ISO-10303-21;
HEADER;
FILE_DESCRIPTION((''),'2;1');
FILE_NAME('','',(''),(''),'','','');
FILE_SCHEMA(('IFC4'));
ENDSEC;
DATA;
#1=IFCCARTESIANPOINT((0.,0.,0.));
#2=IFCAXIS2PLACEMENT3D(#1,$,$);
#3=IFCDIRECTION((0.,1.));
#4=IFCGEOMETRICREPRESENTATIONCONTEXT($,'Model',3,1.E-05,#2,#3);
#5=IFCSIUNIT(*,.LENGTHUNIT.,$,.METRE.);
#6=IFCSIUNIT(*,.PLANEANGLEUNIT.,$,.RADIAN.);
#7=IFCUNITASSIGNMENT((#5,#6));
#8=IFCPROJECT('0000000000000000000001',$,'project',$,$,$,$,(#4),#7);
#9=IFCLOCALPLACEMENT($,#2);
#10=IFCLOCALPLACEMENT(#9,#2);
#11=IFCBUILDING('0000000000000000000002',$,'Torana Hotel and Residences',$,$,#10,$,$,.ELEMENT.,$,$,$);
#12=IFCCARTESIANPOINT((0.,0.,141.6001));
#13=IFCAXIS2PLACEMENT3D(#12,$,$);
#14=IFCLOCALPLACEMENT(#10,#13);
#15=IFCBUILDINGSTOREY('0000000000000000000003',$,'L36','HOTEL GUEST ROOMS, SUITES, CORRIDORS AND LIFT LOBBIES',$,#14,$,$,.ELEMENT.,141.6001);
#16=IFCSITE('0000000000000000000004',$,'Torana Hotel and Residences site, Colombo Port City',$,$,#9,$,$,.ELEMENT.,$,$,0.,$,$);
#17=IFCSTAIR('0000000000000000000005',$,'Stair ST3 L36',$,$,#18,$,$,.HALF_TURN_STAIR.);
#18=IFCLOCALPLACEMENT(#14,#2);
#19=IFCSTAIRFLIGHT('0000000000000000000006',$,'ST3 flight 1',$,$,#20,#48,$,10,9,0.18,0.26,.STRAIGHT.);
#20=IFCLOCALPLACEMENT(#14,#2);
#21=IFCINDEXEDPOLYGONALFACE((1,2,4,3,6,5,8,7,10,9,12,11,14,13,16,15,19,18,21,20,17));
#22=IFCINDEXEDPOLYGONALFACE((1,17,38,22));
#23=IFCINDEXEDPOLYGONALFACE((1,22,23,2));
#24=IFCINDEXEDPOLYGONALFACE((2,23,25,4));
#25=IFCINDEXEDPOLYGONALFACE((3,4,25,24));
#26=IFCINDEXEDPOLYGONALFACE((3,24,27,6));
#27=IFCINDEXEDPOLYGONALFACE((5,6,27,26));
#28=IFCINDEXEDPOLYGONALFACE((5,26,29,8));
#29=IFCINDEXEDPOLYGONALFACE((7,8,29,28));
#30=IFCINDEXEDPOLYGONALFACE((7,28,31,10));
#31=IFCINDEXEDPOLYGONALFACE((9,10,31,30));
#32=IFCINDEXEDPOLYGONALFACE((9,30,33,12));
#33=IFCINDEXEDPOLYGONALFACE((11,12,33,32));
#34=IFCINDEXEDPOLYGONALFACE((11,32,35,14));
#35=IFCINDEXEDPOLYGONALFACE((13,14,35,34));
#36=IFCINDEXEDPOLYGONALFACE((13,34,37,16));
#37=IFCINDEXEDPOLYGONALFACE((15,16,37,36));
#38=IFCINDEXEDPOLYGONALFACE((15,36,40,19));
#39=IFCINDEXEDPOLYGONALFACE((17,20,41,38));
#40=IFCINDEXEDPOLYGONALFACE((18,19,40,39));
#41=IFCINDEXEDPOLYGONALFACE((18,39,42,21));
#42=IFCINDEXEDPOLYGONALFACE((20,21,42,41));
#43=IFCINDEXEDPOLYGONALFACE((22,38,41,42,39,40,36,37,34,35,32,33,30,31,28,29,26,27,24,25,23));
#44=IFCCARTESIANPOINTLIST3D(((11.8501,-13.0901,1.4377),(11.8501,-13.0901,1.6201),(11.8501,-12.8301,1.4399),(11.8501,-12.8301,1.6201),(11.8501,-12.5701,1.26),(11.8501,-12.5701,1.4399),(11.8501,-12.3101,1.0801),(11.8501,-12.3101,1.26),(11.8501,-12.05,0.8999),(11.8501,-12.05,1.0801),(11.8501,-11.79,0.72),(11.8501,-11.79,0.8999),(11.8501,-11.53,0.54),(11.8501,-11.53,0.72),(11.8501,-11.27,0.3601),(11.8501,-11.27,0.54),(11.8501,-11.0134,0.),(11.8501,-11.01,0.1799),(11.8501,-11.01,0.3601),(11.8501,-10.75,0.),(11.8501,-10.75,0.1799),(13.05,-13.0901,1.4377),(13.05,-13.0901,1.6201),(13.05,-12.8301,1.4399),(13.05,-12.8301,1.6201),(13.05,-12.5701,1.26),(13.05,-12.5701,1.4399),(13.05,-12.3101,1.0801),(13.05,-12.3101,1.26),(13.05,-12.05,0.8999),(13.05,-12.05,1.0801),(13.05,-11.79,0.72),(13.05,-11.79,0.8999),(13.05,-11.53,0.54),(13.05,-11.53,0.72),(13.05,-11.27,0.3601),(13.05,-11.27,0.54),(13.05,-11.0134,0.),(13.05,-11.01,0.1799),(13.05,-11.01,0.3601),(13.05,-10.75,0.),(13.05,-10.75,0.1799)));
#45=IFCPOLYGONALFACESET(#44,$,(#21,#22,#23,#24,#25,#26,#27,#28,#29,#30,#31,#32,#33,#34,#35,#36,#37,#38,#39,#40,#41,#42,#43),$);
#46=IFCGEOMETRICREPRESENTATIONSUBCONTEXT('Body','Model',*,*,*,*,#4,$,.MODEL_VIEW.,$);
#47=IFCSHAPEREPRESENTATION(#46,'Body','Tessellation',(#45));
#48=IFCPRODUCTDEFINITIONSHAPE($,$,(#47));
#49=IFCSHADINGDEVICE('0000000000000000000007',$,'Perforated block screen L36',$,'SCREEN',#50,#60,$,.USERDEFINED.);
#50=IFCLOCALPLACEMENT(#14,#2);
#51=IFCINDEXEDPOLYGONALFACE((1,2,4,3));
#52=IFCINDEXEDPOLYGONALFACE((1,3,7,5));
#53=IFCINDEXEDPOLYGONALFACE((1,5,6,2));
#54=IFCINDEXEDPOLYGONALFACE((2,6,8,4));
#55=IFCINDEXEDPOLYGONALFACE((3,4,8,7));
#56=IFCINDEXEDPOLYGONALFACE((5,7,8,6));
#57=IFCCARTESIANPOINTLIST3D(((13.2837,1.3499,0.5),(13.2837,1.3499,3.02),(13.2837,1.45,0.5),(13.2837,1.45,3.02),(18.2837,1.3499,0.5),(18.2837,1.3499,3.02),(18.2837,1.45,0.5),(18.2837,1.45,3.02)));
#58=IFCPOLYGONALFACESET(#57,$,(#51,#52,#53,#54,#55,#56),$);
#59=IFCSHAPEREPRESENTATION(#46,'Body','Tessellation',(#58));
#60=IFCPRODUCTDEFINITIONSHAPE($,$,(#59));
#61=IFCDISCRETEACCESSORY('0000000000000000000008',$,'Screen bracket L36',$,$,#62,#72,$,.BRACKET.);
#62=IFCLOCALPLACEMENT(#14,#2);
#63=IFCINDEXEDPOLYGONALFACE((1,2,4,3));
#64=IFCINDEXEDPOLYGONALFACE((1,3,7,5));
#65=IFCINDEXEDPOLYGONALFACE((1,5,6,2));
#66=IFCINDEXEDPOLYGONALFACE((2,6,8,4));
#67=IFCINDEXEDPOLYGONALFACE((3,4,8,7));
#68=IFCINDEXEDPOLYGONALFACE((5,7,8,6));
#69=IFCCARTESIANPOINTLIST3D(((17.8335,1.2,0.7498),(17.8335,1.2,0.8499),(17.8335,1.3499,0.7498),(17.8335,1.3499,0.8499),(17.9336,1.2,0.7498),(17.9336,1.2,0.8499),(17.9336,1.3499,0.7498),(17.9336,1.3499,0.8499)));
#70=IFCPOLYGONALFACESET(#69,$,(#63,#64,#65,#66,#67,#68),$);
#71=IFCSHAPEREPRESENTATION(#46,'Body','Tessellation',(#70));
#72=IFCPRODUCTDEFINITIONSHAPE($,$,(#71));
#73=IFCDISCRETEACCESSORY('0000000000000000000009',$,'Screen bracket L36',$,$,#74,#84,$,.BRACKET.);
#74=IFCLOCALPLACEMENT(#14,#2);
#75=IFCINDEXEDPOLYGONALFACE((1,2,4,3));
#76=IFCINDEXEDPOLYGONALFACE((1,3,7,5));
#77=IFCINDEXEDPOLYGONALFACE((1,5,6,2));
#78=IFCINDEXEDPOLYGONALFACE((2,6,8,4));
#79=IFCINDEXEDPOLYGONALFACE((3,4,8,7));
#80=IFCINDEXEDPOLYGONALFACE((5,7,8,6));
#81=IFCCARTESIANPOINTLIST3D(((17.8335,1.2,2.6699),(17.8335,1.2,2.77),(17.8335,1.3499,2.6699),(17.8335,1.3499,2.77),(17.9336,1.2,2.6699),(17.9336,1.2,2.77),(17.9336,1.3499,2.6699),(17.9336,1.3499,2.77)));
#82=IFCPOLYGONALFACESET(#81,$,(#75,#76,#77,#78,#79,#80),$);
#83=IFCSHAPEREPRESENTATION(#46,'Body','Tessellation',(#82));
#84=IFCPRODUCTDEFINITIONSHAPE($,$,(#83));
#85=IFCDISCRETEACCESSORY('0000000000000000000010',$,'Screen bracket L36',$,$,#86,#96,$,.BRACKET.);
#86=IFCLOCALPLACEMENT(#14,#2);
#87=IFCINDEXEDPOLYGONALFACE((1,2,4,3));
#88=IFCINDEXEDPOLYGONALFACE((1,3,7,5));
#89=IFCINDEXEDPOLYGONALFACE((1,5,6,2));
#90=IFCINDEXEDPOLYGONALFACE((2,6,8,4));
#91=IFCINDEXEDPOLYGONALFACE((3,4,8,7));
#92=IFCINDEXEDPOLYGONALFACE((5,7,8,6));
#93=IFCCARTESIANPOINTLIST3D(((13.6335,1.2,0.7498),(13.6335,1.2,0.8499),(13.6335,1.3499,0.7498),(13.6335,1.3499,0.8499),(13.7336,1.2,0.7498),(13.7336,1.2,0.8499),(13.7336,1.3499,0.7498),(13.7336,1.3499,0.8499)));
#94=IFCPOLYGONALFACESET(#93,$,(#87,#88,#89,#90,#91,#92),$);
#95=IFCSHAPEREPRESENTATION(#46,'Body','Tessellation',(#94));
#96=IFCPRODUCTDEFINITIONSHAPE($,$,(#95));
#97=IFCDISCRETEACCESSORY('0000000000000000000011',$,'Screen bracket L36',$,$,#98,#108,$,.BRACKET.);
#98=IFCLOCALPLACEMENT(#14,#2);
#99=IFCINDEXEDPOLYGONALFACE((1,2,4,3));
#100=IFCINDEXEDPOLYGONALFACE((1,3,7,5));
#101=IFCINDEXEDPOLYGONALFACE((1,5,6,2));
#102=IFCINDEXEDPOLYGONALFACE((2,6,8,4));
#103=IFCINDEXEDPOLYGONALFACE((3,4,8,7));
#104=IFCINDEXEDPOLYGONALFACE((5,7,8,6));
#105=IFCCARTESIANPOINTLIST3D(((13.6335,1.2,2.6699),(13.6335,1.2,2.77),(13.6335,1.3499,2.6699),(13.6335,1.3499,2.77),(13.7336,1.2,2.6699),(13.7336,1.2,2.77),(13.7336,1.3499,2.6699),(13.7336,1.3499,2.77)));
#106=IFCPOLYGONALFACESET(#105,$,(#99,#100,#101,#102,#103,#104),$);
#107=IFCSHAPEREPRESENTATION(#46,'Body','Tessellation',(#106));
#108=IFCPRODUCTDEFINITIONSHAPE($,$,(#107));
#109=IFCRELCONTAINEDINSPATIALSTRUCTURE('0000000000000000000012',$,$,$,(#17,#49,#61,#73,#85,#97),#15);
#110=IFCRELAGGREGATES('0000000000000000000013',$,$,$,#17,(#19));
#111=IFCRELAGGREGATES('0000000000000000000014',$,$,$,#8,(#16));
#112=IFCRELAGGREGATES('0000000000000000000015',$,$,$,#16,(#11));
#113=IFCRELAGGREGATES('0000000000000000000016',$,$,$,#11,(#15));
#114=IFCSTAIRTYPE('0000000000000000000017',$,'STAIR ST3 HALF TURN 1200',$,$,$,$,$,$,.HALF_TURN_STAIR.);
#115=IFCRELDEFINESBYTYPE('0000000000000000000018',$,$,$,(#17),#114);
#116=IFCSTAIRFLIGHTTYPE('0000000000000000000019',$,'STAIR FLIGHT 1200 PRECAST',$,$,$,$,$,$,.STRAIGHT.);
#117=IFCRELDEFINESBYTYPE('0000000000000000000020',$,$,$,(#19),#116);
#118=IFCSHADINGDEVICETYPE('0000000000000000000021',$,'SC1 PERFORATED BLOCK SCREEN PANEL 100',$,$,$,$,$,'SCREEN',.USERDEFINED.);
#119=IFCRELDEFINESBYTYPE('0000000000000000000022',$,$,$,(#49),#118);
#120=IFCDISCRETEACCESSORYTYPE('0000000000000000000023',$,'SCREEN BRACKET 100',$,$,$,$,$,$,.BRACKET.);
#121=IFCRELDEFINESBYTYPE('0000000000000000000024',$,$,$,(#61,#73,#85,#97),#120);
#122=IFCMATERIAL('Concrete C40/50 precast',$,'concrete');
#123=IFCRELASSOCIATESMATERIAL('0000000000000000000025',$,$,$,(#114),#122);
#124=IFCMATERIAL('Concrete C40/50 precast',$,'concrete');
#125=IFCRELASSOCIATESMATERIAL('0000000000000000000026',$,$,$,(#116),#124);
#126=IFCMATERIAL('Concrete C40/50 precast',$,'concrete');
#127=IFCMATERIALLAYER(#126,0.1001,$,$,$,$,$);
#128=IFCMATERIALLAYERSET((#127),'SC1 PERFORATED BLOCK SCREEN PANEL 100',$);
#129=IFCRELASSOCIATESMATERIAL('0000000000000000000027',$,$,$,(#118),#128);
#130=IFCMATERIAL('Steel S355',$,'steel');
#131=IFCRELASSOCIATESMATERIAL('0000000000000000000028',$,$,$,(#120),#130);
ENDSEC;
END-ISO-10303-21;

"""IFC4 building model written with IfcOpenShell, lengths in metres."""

from ifc_helpers import new_model, si_unit, direction, frame, origin, origin_2d, place, context, subcontext, project, spatial, polyline, rectangle, outline, extrude, material, layer, layer_set, type_object, element, aggregate, save


model = new_model("IFC4")

# Units and contexts
model_context = context("Model", 3, precision=1e-05, world=origin(), true_north=direction((0.0, 1.0)))
body_context = subcontext(model_context, "Body", "Model", "MODEL_VIEW")
ifc_project = project(units=[si_unit("LENGTHUNIT", "METRE"), si_unit("PLANEANGLEUNIT", "RADIAN")], contexts=[model_context])

# Site, building, storey
site_placement = place(None, origin())
site = spatial("IfcSite", under=ifc_project, at=site_placement, Name="Torana Hotel and Residences site, Colombo Port City", CompositionType="ELEMENT", RefElevation=0.0)
building_placement = place(site_placement, origin())
building = spatial("IfcBuilding", under=site, at=building_placement, Name="Torana Hotel and Residences", CompositionType="ELEMENT")
storey_placement = place(building_placement, frame((0.0, 0.0, 141.6001)))
storey = spatial("IfcBuildingStorey", under=building, at=storey_placement, Name="L36", Description="HOTEL GUEST ROOMS, SUITES, CORRIDORS AND LIFT LOBBIES", CompositionType="ELEMENT", Elevation=141.6001)

# Stair, stair flight
ifc_material_1 = material(Name="Concrete C40/50 precast", Category="concrete")
stair_type = type_object("IfcStairType", Name="STAIR ST3 HALF TURN 1200", PredefinedType="HALF_TURN_STAIR", material=ifc_material_1)
stair_placement = place(storey_placement, origin())
stair = element("IfcStair", 1, at=stair_placement, inside=storey, type_object=stair_type, Name="Stair ST3 L36", PredefinedType="HALF_TURN_STAIR")
ifc_material_2 = material(Name="Concrete C40/50 precast", Category="concrete")
stair_flight_type = type_object("IfcStairFlightType", Name="STAIR FLIGHT 1200 PRECAST", PredefinedType="STRAIGHT", material=ifc_material_2)
stair_flight_placement = place(storey_placement, frame((12.45, -10.75, 0.0), z_axis=(0.0, 0.0, 1.0), x_axis=(0.0, -1.0, 0.0)))
stair_flight = element("IfcStairFlight", 2, at=stair_flight_placement, type_object=stair_flight_type, Name="ST3 flight 1", NumberOfRisers=10, NumberOfTreads=9, PredefinedType="STRAIGHT", RiserHeight=0.18, TreadLength=0.26, context=body_context, shape_type="SweptSolid", body=[
    extrude(outline(polyline([(0.0, 0.0), (0.0, 0.1799), (0.26, 0.1799), (0.26, 0.3601), (0.52, 0.3601), (0.52, 0.54), (0.78, 0.54), (0.78, 0.72), (1.04, 0.72), (1.04, 0.8999), (1.3, 0.8999), (1.3, 1.0801), (1.5601, 1.0801), (1.5601, 1.26), (1.8201, 1.26), (1.8201, 1.4399), (2.0801, 1.4399), (2.0801, 1.6201), (2.3401, 1.6201), (2.3401, 1.8), (2.3401, 1.4377), (0.2634, 0.0), (0.0, 0.0)])), frame((0.0, 0.6001, 0.0), z_axis=(0.0, -1.0, 0.0), x_axis=(1.0, 0.0, 0.0)), (0.0, 0.0, 1.0), 1.2),
])
aggregate(stair, [stair_flight])

# Shading device
ifc_material_3 = material(Name="Concrete C40/50 precast", Category="concrete")
ifc_layer_1 = layer(ifc_material_3, 0.1001)
ifc_layer_set_1 = layer_set([ifc_layer_1], Name="SC1 PERFORATED BLOCK SCREEN PANEL 100")
shading_device_type = type_object("IfcShadingDeviceType", Name="SC1 PERFORATED BLOCK SCREEN PANEL 100", ElementType="SCREEN", PredefinedType="USERDEFINED", material=ifc_layer_set_1)
shading_device_placement = place(storey_placement, frame((15.7837, 1.3999, 0.5), z_axis=(0.0, 0.0, 1.0), x_axis=(-1.0, 0.0, 0.0)))
element("IfcShadingDevice", 3, at=shading_device_placement, inside=storey, type_object=shading_device_type, Name="Perforated block screen L36", ObjectType="SCREEN", PredefinedType="USERDEFINED", context=body_context, shape_type="SweptSolid", body=[
    extrude(rectangle(XDim=5.0, YDim=0.1001, at=origin_2d()), origin(), (0.0, 0.0, 1.0), 2.52),
])

# Discrete accessories
ifc_material_4 = material(Name="Steel S355", Category="steel")
discrete_accessory_type = type_object("IfcDiscreteAccessoryType", Name="SCREEN BRACKET 100", PredefinedType="BRACKET", material=ifc_material_4)
for number, where, z_axis, x_axis, name in (
    (4, (17.8835, 1.2749, 0.7498), (0.0, 0.0, 1.0), (-1.0, 0.0, 0.0), "Screen bracket L36"),
    (5, (17.8835, 1.2749, 2.6699), (0.0, 0.0, 1.0), (-1.0, 0.0, 0.0), "Screen bracket L36"),
    (6, (13.6836, 1.2749, 0.7498), (0.0, 0.0, 1.0), (-1.0, 0.0, 0.0), "Screen bracket L36"),
    (7, (13.6836, 1.2749, 2.6699), (0.0, 0.0, 1.0), (-1.0, 0.0, 0.0), "Screen bracket L36"),
):
    element("IfcDiscreteAccessory", number, at=place(storey_placement, frame(where, z_axis=z_axis, x_axis=x_axis)), inside=storey, type_object=discrete_accessory_type, Name=name, PredefinedType="BRACKET", context=body_context, shape_type="SweptSolid", body=[
        extrude(rectangle(XDim=0.1001, YDim=0.1499, at=origin_2d()), origin(), (0.0, 0.0, 1.0), 0.1001),
    ])

save(model, "model.ifc")
